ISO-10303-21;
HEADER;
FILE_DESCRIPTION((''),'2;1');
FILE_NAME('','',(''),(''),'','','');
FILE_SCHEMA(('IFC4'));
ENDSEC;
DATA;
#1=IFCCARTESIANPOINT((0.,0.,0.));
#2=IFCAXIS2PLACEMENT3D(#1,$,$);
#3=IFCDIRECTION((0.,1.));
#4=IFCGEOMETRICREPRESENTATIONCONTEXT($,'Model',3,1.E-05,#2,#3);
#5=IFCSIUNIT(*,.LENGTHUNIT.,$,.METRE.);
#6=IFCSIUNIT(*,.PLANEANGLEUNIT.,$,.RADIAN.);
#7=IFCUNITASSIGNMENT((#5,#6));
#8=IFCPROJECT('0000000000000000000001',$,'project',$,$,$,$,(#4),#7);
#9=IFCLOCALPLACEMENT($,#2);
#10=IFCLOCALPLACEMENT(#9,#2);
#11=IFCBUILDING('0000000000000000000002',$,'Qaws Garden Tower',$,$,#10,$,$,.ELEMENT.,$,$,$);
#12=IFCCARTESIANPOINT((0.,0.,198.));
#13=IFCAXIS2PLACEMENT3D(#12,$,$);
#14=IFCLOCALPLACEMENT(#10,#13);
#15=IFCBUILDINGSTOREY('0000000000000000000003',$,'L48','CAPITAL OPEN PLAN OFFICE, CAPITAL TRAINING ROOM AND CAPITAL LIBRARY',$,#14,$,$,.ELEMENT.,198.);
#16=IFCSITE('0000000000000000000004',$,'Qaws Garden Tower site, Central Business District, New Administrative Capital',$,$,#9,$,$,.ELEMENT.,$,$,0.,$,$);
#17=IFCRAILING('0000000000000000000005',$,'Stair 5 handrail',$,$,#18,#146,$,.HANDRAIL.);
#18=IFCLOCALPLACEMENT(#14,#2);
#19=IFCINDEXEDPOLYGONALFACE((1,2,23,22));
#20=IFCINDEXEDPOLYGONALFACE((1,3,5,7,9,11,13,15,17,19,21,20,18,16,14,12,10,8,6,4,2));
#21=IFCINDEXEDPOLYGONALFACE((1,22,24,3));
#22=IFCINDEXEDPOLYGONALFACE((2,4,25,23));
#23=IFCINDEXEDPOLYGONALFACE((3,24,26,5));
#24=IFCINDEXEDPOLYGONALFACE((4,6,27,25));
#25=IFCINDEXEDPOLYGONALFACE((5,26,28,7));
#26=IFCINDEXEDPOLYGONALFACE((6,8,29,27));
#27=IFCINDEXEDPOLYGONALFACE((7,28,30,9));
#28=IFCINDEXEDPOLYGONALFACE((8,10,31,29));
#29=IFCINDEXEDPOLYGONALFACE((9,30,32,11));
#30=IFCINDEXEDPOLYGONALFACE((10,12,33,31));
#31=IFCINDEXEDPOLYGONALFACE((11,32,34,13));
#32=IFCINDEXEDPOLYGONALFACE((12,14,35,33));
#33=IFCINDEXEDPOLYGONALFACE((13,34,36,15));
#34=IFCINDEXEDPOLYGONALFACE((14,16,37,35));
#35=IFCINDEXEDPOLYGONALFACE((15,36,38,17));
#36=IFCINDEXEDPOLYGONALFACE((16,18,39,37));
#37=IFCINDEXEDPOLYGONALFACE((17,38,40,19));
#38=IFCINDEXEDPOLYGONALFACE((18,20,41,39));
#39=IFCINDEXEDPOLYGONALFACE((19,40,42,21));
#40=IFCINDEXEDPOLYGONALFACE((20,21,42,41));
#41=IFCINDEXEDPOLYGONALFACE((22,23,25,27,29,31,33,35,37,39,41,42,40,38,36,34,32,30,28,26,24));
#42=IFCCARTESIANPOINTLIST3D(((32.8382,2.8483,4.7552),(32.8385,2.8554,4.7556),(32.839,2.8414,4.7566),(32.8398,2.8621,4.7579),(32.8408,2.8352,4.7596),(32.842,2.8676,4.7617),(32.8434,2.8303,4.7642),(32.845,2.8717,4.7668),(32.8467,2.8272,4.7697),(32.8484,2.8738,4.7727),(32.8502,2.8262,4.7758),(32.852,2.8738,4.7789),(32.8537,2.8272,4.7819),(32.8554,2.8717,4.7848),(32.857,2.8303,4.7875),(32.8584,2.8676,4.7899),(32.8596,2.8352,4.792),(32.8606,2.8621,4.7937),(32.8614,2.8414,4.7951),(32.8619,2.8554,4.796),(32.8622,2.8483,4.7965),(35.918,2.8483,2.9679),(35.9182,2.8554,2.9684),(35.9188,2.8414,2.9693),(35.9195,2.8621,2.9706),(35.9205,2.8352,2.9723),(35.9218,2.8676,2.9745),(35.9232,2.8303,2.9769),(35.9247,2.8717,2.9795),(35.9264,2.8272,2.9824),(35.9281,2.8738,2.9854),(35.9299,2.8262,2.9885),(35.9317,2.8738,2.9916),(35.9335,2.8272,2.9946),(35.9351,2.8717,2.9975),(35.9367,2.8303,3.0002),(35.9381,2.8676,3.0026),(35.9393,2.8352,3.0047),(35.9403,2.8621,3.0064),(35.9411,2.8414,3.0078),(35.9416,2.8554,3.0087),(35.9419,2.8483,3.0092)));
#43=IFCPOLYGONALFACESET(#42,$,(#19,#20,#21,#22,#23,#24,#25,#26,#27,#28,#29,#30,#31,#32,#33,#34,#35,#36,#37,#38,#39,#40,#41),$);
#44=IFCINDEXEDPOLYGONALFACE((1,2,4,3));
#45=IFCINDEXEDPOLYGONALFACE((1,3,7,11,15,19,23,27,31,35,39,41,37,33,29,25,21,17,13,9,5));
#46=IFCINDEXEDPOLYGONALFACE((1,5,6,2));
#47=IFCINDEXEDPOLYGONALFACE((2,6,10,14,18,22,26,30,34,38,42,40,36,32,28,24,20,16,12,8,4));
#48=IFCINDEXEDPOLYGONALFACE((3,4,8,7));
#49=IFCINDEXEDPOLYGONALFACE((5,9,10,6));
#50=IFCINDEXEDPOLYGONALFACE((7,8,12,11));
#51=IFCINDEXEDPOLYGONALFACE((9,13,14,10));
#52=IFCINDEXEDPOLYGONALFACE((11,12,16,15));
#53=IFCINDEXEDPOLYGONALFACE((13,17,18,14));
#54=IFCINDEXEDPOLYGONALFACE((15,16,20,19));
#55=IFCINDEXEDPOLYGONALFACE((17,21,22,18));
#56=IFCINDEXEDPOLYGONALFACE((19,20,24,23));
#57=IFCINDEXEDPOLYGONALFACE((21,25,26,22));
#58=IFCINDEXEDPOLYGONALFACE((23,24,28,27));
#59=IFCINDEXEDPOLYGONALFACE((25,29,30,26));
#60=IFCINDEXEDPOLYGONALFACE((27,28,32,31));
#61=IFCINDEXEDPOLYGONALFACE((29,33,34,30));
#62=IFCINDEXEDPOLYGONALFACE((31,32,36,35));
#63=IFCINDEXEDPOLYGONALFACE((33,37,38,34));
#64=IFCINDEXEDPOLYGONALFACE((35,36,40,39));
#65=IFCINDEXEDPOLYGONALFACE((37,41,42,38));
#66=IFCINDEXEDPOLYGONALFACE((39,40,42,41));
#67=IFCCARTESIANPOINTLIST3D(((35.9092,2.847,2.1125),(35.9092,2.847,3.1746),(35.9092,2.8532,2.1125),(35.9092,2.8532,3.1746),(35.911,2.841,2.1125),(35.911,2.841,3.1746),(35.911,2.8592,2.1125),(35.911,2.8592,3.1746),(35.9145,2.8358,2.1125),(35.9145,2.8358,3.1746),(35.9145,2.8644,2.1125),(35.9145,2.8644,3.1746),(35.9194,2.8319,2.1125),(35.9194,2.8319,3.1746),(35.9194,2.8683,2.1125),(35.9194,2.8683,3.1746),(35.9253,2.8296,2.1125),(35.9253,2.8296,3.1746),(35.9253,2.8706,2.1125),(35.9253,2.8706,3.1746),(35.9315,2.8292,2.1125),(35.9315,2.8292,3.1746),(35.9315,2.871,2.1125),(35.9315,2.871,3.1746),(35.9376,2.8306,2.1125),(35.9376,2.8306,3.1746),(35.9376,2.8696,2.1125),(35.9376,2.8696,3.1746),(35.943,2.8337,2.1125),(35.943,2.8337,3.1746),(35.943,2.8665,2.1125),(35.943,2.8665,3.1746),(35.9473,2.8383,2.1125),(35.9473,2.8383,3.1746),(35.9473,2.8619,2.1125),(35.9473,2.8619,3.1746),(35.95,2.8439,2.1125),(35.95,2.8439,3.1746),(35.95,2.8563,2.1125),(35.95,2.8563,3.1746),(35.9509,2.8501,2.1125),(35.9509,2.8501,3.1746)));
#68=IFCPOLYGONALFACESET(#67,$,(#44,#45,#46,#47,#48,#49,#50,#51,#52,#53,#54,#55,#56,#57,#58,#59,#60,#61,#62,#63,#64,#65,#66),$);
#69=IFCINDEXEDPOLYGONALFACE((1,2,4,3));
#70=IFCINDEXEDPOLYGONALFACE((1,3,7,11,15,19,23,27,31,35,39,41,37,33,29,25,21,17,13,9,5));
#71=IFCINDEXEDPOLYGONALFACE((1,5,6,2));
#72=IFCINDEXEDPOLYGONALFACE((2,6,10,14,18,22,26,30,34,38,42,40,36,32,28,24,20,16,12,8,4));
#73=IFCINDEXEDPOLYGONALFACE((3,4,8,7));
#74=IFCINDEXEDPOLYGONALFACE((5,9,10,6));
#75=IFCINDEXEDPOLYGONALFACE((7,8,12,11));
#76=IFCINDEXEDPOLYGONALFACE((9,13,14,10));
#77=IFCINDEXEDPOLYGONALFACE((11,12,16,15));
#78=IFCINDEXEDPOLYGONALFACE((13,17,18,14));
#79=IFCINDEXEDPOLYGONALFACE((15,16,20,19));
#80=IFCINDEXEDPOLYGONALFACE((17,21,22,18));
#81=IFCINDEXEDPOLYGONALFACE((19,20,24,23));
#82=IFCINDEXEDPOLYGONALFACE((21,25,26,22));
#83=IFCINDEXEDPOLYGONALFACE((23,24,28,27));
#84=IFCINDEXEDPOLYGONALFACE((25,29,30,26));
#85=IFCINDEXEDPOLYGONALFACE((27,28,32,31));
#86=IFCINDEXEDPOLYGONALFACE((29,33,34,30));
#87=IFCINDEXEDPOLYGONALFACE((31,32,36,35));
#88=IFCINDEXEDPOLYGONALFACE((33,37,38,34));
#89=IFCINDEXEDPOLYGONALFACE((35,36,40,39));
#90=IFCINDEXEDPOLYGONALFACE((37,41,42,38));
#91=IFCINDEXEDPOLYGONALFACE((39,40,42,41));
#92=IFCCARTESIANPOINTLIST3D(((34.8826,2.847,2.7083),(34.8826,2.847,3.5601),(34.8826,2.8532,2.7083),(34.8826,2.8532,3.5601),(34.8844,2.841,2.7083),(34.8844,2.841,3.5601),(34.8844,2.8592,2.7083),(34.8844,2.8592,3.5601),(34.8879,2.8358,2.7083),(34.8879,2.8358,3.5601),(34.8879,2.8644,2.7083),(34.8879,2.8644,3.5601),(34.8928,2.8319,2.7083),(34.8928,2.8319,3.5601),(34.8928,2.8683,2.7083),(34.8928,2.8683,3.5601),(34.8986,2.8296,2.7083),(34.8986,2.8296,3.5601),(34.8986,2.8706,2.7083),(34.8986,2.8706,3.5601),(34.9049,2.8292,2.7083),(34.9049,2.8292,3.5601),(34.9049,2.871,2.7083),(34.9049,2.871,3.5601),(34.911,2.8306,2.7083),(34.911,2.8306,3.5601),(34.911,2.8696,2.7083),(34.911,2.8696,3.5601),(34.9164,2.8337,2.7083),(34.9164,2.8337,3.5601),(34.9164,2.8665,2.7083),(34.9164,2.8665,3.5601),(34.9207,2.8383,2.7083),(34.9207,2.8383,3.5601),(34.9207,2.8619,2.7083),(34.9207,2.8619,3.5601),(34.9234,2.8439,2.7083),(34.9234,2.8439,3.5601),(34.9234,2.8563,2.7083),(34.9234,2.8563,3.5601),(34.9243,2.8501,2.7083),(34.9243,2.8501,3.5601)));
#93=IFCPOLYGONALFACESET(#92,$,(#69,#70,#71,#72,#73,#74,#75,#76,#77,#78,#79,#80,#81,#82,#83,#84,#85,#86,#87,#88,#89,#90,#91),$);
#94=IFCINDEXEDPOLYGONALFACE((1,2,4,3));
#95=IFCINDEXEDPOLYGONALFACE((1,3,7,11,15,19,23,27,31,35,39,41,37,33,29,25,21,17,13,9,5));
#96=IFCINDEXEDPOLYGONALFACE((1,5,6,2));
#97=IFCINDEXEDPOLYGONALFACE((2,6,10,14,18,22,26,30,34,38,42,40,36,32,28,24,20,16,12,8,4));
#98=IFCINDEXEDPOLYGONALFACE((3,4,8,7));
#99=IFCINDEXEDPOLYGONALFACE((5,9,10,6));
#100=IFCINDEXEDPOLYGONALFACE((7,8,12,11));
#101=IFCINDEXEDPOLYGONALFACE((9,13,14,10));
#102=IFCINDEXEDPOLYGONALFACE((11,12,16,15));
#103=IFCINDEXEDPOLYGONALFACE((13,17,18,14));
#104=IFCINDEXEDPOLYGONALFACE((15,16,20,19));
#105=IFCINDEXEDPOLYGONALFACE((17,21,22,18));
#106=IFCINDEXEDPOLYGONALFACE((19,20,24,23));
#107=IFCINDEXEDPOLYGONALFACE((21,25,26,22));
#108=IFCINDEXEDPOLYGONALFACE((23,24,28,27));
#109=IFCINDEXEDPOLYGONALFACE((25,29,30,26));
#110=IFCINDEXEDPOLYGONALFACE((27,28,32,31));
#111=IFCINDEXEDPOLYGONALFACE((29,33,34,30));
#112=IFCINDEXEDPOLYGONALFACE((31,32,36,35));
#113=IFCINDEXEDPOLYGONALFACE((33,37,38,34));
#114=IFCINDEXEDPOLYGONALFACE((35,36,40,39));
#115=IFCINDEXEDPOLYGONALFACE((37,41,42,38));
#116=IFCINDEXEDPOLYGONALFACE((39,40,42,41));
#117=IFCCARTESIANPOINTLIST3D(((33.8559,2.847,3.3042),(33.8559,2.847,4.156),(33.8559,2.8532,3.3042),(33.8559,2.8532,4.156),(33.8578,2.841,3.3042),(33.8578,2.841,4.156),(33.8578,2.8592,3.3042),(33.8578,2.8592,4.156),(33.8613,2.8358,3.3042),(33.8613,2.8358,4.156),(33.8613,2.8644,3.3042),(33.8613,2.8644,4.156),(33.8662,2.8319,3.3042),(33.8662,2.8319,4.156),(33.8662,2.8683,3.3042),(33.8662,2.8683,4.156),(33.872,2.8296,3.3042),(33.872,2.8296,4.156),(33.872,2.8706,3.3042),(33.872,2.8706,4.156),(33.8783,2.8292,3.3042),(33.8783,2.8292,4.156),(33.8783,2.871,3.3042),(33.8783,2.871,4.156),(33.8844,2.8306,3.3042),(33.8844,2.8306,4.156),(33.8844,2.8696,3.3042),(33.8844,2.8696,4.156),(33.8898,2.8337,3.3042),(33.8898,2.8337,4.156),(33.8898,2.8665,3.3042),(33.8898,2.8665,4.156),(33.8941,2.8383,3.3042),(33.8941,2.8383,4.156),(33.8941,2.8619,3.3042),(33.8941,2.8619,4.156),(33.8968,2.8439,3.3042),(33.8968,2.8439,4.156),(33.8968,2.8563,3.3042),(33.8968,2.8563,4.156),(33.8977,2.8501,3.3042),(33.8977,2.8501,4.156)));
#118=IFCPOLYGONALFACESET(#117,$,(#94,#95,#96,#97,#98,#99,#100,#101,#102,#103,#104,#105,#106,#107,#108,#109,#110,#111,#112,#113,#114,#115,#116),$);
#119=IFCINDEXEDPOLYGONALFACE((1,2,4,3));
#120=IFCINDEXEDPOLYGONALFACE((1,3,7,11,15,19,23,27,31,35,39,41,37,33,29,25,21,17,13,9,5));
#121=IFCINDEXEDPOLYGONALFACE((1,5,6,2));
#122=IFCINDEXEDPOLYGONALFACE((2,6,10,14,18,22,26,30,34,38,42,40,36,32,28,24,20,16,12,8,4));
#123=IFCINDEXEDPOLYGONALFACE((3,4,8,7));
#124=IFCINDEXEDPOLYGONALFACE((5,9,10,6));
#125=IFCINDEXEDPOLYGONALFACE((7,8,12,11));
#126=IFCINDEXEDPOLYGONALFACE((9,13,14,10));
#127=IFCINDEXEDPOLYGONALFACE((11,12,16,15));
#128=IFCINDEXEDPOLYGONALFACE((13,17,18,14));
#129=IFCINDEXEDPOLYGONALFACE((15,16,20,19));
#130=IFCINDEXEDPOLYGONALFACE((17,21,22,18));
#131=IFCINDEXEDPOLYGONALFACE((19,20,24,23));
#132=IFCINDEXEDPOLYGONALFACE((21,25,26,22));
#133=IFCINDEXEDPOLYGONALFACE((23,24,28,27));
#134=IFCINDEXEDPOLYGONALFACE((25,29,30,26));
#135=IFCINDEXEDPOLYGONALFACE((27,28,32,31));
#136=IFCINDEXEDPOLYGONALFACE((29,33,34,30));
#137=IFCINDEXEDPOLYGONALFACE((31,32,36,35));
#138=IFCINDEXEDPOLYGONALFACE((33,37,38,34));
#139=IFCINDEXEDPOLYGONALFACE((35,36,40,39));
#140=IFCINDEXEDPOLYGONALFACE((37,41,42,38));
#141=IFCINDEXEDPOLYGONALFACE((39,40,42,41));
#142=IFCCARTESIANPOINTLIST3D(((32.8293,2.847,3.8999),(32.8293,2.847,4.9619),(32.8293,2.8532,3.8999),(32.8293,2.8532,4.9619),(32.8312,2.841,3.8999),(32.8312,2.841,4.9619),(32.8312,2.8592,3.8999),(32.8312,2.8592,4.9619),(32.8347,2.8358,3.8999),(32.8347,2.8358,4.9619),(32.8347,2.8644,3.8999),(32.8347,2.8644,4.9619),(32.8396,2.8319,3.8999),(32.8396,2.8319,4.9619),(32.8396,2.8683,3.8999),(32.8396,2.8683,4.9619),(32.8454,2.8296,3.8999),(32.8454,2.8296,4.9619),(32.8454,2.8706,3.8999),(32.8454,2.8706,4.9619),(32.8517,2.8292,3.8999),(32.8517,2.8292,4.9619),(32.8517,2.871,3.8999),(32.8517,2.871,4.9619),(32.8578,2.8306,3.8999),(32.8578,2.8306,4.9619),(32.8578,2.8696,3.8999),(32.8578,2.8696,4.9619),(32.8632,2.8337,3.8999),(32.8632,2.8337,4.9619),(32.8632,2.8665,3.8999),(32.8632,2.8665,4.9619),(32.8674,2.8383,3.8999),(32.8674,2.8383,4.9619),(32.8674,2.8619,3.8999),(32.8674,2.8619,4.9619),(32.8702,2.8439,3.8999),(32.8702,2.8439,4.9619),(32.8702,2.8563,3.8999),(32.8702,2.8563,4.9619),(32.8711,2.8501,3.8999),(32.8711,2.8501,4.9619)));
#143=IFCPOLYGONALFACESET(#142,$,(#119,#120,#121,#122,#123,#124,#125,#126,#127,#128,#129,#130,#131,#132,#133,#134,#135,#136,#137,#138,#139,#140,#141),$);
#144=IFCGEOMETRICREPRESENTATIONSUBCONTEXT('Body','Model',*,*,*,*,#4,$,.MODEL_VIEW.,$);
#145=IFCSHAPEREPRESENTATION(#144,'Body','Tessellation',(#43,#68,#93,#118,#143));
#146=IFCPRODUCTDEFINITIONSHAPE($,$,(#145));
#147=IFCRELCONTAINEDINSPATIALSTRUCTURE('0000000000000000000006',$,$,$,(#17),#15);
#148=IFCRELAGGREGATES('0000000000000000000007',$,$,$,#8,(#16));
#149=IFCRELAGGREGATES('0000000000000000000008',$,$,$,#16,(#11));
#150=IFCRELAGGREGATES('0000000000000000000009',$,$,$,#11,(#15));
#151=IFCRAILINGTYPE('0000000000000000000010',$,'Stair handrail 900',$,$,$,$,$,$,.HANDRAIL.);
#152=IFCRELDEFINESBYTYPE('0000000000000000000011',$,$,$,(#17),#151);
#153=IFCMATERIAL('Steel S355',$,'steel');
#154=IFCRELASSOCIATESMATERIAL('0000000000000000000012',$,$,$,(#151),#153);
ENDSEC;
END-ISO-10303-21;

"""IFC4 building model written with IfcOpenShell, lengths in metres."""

from ifc_helpers import new_model, si_unit, direction, frame, origin, origin_2d, place, context, subcontext, project, spatial, circle, extrude, material, type_object, element, save


model = new_model("IFC4")

# Units and contexts
model_context = context("Model", 3, precision=1e-05, world=origin(), true_north=direction((0.0, 1.0)))
body_context = subcontext(model_context, "Body", "Model", "MODEL_VIEW")
ifc_project = project(units=[si_unit("LENGTHUNIT", "METRE"), si_unit("PLANEANGLEUNIT", "RADIAN")], contexts=[model_context])

# Site, building, storey
site_placement = place(None, origin())
site = spatial("IfcSite", under=ifc_project, at=site_placement, Name="Qaws Garden Tower site, Central Business District, New Administrative Capital", CompositionType="ELEMENT", RefElevation=0.0)
building_placement = place(site_placement, origin())
building = spatial("IfcBuilding", under=site, at=building_placement, Name="Qaws Garden Tower", CompositionType="ELEMENT")
storey_placement = place(building_placement, frame((0.0, 0.0, 198.0)))
storey = spatial("IfcBuildingStorey", under=building, at=storey_placement, Name="L48", Description="CAPITAL OPEN PLAN OFFICE, CAPITAL TRAINING ROOM AND CAPITAL LIBRARY", CompositionType="ELEMENT", Elevation=198.0)

# Railing
ifc_material_1 = material(Name="Steel S355", Category="steel")
railing_type = type_object("IfcRailingType", Name="Stair handrail 900", PredefinedType="HANDRAIL", material=ifc_material_1)
railing_1_placement = place(storey_placement, frame((35.9299, 2.8501, 2.1125)))
element("IfcRailing", 1, at=railing_1_placement, inside=storey, type_object=railing_type, Name="Stair 5 handrail", PredefinedType="HANDRAIL", context=body_context, shape_type="SweptSolid", body=[
    extrude(circle(Radius=0.0239, at=origin_2d()), frame((0.0, 0.0, 0.876), z_axis=(-0.864903, 0.0, 0.501939), x_axis=(0.0, -1.0, 0.0)), (0.0, 0.0, 1.0), 3.5608),
    extrude(circle(Radius=0.021, at=origin_2d()), origin(), (0.0, 0.0, 1.0), 1.062),
    extrude(circle(Radius=0.021, at=origin_2d()), frame((-1.0266, 0.0, 0.5957)), (0.0, 0.0, 1.0), 0.8518),
    extrude(circle(Radius=0.021, at=origin_2d()), frame((-2.0532, 0.0, 1.1917)), (0.0, 0.0, 1.0), 0.8518),
    extrude(circle(Radius=0.021, at=origin_2d()), frame((-3.0798, 0.0, 1.7874)), (0.0, 0.0, 1.0), 1.062),
])

save(model, "model.ifc")
